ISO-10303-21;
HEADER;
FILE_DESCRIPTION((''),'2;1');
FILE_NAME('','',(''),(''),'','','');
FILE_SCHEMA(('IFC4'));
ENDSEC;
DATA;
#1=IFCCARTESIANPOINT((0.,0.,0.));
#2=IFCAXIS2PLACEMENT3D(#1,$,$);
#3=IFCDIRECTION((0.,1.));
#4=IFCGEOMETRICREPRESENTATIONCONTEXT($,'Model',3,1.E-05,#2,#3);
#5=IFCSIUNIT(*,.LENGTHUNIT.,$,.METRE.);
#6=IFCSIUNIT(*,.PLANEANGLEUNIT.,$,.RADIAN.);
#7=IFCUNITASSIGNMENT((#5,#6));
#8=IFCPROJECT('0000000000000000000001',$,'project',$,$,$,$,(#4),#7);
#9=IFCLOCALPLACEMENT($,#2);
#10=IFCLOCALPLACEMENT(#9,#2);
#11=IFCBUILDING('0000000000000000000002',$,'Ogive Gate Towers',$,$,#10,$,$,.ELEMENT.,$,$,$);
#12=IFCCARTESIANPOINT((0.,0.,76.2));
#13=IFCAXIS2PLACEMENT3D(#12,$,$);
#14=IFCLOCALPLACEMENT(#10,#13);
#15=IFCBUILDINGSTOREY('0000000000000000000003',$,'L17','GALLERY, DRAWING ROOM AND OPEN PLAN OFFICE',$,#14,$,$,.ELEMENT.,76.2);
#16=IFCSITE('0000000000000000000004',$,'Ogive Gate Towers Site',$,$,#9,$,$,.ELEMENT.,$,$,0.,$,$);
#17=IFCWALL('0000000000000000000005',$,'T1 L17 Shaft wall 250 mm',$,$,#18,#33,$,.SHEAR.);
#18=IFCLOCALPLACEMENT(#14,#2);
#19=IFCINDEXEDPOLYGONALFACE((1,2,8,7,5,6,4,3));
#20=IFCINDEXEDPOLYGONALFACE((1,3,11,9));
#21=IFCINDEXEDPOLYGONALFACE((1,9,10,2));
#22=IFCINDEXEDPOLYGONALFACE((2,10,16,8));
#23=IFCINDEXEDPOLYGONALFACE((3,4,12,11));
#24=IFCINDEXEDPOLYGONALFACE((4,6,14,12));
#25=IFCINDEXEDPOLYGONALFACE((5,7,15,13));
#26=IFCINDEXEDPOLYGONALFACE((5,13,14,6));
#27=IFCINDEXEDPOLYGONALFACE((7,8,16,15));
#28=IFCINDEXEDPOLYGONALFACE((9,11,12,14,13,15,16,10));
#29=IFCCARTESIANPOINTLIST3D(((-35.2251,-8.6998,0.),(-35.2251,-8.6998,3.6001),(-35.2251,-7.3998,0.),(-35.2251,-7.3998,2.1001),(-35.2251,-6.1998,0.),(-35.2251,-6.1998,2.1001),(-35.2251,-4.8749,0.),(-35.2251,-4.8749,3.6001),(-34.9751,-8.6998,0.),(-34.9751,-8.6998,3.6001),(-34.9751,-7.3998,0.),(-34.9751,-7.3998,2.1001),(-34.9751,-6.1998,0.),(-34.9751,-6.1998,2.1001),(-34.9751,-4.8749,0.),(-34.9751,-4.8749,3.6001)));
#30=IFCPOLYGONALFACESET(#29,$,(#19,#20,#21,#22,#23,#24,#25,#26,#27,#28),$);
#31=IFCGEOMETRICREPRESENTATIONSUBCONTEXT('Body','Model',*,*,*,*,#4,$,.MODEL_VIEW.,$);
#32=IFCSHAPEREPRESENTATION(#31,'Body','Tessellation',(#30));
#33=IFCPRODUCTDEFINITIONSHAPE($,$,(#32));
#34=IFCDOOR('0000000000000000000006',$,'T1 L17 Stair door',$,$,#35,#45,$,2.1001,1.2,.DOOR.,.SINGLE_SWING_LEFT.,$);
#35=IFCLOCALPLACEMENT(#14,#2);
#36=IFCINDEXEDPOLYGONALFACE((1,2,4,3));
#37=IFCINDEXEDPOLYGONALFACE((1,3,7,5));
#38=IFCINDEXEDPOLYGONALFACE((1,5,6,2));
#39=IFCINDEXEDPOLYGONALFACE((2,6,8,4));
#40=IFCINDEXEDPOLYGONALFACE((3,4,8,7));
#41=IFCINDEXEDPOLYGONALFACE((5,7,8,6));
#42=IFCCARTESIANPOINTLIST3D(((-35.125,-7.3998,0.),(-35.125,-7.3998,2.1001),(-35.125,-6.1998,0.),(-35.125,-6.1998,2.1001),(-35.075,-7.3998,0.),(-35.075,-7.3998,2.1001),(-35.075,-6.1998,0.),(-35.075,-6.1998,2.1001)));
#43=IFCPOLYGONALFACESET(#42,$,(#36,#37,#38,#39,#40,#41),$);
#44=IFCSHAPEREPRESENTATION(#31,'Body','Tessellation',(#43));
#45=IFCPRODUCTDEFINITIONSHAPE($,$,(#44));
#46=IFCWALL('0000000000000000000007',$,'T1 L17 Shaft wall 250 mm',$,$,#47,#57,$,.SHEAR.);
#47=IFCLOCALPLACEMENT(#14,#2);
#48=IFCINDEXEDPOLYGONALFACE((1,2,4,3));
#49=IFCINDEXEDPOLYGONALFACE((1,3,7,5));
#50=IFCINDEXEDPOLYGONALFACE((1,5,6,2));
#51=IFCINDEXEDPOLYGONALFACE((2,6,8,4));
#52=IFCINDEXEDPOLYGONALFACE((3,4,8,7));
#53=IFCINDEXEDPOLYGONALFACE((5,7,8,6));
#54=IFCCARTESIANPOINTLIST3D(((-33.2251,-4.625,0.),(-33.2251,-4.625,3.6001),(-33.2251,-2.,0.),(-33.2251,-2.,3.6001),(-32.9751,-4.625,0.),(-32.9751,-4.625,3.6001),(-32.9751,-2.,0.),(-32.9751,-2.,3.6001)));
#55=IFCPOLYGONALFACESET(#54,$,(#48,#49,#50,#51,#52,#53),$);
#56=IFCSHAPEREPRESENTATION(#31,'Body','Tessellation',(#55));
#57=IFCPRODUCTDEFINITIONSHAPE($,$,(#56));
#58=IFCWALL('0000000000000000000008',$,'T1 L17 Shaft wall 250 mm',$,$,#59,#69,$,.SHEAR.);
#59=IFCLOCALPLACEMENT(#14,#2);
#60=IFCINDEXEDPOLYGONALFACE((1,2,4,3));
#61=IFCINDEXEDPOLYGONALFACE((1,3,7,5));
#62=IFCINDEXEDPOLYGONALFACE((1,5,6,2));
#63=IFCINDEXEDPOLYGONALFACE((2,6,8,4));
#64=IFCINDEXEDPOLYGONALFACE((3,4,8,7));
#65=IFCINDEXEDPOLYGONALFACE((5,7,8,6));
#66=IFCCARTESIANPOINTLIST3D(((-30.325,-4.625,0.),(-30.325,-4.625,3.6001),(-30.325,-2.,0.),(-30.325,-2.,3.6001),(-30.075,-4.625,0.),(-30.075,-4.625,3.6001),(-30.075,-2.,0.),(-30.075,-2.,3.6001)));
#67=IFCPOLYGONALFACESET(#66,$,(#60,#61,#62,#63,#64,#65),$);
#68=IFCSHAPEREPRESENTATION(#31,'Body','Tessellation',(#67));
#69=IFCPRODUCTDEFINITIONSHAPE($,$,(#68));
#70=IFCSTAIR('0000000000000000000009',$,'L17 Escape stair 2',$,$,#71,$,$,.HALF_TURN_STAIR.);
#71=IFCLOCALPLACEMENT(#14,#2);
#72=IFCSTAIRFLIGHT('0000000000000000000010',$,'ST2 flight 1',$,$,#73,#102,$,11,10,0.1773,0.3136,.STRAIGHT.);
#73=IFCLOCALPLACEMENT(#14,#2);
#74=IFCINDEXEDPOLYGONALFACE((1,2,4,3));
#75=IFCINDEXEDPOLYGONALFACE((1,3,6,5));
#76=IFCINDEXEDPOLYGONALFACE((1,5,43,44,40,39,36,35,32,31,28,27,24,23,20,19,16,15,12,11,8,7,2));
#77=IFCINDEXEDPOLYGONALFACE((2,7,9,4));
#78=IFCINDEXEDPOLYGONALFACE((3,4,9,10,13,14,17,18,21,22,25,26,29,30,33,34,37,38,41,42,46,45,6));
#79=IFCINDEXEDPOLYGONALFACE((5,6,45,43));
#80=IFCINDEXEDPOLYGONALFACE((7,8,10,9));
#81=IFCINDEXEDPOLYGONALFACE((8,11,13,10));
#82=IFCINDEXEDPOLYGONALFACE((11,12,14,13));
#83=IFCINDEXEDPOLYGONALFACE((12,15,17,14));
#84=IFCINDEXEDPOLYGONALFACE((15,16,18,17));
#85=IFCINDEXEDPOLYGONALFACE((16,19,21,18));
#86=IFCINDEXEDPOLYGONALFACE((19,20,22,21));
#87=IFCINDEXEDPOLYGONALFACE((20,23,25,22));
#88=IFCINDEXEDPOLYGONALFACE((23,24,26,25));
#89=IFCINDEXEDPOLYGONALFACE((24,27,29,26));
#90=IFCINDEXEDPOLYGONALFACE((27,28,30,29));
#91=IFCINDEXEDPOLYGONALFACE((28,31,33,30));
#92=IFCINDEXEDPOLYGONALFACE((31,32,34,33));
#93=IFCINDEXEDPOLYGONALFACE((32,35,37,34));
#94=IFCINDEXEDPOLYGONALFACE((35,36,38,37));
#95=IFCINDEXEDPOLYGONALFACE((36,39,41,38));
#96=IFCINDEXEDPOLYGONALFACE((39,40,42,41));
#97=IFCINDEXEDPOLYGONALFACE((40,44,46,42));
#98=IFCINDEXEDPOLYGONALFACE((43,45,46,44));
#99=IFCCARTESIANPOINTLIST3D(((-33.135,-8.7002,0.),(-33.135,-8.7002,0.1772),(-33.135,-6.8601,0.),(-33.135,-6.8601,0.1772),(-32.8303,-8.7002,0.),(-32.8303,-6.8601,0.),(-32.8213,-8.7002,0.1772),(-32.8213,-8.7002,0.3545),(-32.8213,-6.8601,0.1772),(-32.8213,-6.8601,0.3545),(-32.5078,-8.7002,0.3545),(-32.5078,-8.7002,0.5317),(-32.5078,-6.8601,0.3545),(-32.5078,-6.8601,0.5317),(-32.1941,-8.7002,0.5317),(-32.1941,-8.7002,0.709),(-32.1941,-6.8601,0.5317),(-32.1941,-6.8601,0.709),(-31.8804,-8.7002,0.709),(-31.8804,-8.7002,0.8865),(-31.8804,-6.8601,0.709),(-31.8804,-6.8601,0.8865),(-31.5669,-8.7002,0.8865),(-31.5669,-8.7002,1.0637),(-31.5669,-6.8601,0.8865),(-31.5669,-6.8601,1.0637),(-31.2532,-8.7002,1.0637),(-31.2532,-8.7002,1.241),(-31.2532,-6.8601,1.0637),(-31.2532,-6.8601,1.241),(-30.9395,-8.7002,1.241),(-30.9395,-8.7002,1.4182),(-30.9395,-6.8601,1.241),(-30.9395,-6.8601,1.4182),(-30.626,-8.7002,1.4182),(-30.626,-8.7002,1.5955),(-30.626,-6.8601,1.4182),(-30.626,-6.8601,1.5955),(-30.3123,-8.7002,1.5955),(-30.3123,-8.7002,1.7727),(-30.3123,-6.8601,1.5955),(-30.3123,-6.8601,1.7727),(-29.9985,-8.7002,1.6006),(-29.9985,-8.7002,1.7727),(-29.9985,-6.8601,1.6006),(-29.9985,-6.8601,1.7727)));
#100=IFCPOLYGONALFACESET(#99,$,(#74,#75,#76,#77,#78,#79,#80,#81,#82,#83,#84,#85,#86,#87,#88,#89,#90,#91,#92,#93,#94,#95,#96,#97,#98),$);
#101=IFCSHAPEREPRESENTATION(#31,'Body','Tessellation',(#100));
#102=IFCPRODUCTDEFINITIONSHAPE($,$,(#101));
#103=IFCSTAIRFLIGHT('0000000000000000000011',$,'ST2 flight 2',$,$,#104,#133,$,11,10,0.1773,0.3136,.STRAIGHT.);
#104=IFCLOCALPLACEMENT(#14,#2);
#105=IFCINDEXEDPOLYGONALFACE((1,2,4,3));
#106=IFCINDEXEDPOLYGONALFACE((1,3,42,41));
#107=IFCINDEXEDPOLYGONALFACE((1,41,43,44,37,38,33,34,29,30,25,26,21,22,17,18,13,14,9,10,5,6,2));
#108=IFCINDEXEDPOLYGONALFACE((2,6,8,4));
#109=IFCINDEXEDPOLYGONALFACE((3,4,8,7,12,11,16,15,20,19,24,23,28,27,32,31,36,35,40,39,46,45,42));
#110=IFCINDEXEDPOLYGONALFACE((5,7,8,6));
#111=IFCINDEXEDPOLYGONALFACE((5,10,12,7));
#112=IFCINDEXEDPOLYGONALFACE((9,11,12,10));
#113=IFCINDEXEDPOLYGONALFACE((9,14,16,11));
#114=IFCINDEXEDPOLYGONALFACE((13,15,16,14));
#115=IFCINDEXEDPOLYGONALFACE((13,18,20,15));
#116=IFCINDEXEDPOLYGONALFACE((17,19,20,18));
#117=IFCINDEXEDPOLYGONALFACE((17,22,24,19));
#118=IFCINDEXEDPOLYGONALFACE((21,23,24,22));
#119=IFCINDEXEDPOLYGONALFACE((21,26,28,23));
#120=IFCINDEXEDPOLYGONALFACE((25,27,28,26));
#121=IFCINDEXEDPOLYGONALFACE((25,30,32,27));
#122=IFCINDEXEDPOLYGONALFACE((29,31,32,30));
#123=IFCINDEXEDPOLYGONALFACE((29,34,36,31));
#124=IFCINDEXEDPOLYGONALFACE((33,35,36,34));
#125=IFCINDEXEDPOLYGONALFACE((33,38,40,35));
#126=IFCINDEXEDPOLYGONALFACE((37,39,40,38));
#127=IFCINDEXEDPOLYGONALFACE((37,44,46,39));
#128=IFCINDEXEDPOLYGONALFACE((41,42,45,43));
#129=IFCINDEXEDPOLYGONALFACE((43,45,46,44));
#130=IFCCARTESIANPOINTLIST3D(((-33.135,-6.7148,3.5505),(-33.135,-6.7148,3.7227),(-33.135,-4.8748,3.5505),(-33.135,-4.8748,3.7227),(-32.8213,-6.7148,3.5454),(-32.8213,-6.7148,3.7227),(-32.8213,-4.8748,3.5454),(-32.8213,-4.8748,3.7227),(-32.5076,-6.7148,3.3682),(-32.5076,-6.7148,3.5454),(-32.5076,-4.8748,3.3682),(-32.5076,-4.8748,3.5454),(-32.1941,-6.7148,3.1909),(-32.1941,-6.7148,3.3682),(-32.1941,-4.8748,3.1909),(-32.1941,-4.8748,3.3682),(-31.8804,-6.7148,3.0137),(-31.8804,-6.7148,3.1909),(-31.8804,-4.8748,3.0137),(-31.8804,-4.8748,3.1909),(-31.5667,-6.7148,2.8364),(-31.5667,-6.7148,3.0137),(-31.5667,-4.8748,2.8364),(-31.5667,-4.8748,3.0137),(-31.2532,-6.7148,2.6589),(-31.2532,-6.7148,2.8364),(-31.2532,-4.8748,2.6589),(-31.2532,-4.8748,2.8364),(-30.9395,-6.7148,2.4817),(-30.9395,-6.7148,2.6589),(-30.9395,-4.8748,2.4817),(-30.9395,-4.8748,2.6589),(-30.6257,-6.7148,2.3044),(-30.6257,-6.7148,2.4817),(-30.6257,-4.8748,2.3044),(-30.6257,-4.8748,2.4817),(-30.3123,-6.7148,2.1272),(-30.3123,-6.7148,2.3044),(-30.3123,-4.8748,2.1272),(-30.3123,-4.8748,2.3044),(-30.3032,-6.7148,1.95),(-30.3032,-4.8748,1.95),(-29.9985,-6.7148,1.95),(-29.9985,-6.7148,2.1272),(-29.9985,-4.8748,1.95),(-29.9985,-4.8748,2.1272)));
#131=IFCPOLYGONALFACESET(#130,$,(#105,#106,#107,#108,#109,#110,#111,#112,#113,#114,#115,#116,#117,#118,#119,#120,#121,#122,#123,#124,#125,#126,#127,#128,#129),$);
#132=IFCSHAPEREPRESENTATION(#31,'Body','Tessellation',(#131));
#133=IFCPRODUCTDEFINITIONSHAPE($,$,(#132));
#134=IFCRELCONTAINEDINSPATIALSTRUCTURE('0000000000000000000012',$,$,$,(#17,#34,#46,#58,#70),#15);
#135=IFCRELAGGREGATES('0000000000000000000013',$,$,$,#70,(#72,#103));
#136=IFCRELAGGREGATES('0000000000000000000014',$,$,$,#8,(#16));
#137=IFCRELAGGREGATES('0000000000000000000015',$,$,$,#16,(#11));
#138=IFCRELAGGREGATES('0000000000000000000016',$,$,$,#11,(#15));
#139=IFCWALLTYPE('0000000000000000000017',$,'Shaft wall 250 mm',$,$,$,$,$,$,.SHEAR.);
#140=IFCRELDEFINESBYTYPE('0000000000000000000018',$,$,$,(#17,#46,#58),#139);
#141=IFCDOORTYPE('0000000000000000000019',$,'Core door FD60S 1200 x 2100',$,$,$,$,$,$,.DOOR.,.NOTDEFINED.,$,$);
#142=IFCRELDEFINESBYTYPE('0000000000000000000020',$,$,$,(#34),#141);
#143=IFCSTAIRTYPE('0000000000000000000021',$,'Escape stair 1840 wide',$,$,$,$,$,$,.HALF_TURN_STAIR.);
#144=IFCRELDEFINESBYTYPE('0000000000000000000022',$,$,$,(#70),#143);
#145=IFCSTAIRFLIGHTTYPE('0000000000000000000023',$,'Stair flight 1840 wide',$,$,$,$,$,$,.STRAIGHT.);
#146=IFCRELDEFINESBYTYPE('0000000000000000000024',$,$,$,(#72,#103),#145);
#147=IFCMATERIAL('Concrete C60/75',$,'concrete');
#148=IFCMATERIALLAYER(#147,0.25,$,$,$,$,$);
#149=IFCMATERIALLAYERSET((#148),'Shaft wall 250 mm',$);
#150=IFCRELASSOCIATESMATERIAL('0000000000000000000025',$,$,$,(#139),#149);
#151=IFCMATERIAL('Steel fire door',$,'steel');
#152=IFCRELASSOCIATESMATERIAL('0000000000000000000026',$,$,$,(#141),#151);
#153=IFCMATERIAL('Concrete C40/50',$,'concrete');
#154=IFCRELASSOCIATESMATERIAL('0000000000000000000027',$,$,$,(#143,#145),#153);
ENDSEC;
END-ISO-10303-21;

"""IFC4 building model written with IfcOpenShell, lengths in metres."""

from ifc_helpers import new_model, si_unit, direction, frame, frame_2d, origin, place, context, subcontext, project, spatial, polyline, rectangle, outline, extrude, material, layer, layer_set, type_object, element, fill, aggregate, save


model = new_model("IFC4")

# Units and contexts
model_context = context("Model", 3, precision=1e-05, world=origin(), true_north=direction((0.0, 1.0)))
body_context = subcontext(model_context, "Body", "Model", "MODEL_VIEW")
ifc_project = project(units=[si_unit("LENGTHUNIT", "METRE"), si_unit("PLANEANGLEUNIT", "RADIAN")], contexts=[model_context])

# Site, building, storey
site_placement = place(None, origin())
site = spatial("IfcSite", under=ifc_project, at=site_placement, Name="Ogive Gate Towers Site", CompositionType="ELEMENT", RefElevation=0.0)
building_placement = place(site_placement, origin())
building = spatial("IfcBuilding", under=site, at=building_placement, Name="Ogive Gate Towers", CompositionType="ELEMENT")
storey_placement = place(building_placement, frame((0.0, 0.0, 76.2)))
storey = spatial("IfcBuildingStorey", under=building, at=storey_placement, Name="L17", Description="GALLERY, DRAWING ROOM AND OPEN PLAN OFFICE", CompositionType="ELEMENT", Elevation=76.2)

# Wall, opening, door
ifc_material_1 = material(Name="Concrete C60/75", Category="concrete")
ifc_material_2 = material(Name="Steel fire door", Category="steel")
ifc_layer_1 = layer(ifc_material_1, 0.25)
ifc_layer_set_1 = layer_set([ifc_layer_1], Name="Shaft wall 250 mm")
wall_type_1 = type_object("IfcWallType", Name="Shaft wall 250 mm", PredefinedType="SHEAR", material=ifc_layer_set_1)
wall_1_placement = place(storey_placement, frame((-35.1001, -8.7, 0.0), z_axis=(0.0, 0.0, 1.0), x_axis=(0.0, 1.0, 0.0)))
wall_1 = element("IfcWall", 1, at=wall_1_placement, inside=storey, type_object=wall_type_1, Name="T1 L17 Shaft wall 250 mm", PredefinedType="SHEAR", context=body_context, shape_type="SweptSolid", body=[
    extrude(rectangle(XDim=3.825, YDim=0.25, at=frame_2d((1.9126, 0.0))), origin(), (0.0, 0.0, 1.0), 3.6001),
])
opening_1_placement = place(wall_1_placement, frame((1.3, 0.0, 0.0)))
opening_1 = element("IfcOpeningElement", 2, at=opening_1_placement, cuts=wall_1, PredefinedType="OPENING", context=body_context, shape_type="SweptSolid", body=[
    extrude(rectangle(XDim=1.2, YDim=2.1001, at=frame_2d((0.6001, 1.05))), frame((0.0, 0.135, 0.0), z_axis=(0.0, -1.0, 0.0), x_axis=(1.0, 0.0, 0.0)), (0.0, 0.0, 1.0), 0.27),
])
door_type_1 = type_object("IfcDoorType", Name="Core door FD60S 1200 x 2100", OperationType="NOTDEFINED", PredefinedType="DOOR", material=ifc_material_2)
door_1_placement = place(opening_1_placement, origin())
door_1 = element("IfcDoor", 3, at=door_1_placement, inside=storey, type_object=door_type_1, Name="T1 L17 Stair door", OperationType="SINGLE_SWING_LEFT", OverallHeight=2.1001, OverallWidth=1.2, PredefinedType="DOOR", context=body_context, shape_type="SweptSolid", body=[
    extrude(rectangle(XDim=1.2, YDim=2.1001, at=frame_2d((0.6001, 1.05))), frame((0.0, 0.0249, 0.0), z_axis=(0.0, -1.0, 0.0), x_axis=(1.0, 0.0, 0.0)), (0.0, 0.0, 1.0), 0.05),
])
fill(opening_1, door_1)

# Walls
for number, where, z_axis, x_axis, name in (
    (4, (-33.1001, -4.625, 0.0), (0.0, 0.0, 1.0), (0.0, 1.0, 0.0), "T1 L17 Shaft wall 250 mm"),
    (5, (-30.2, -4.625, 0.0), (0.0, 0.0, 1.0), (0.0, 1.0, 0.0), "T1 L17 Shaft wall 250 mm"),
):
    element("IfcWall", number, at=place(storey_placement, frame(where, z_axis=z_axis, x_axis=x_axis)), inside=storey, type_object=wall_type_1, Name=name, PredefinedType="SHEAR", context=body_context, shape_type="SweptSolid", body=[
        extrude(rectangle(XDim=2.625, YDim=0.25, at=frame_2d((1.3125, 0.0))), origin(), (0.0, 0.0, 1.0), 3.6001),
    ])

# Stair, stair flights
ifc_material_3 = material(Name="Concrete C40/50", Category="concrete")
stair_type = type_object("IfcStairType", Name="Escape stair 1840 wide", PredefinedType="HALF_TURN_STAIR", material=ifc_material_3)
stair_placement = place(storey_placement, origin())
stair = element("IfcStair", 6, at=stair_placement, inside=storey, type_object=stair_type, Name="L17 Escape stair 2", PredefinedType="HALF_TURN_STAIR")
stair_flight_type = type_object("IfcStairFlightType", Name="Stair flight 1840 wide", PredefinedType="STRAIGHT", material=ifc_material_3)
stair_flight_1_placement = place(storey_placement, frame((-33.135, -7.78, 0.0), z_axis=(0.0, 0.0, 1.0), x_axis=(1.0, 0.0, 0.0)))
stair_flight_1 = element("IfcStairFlight", 7, at=stair_flight_1_placement, type_object=stair_flight_type, Name="ST2 flight 1", NumberOfRisers=11, NumberOfTreads=10, PredefinedType="STRAIGHT", RiserHeight=0.1773, TreadLength=0.3136, context=body_context, shape_type="SweptSolid", body=[
    extrude(outline(polyline([(0.0, 0.0), (0.0, 0.1772), (0.3137, 0.1772), (0.3137, 0.3545), (0.6272, 0.3545), (0.6272, 0.5317), (0.9409, 0.5317), (0.9409, 0.709), (1.2546, 0.709), (1.2546, 0.8865), (1.5681, 0.8865), (1.5681, 1.0637), (1.8818, 1.0637), (1.8818, 1.241), (2.1956, 1.241), (2.1956, 1.4182), (2.509, 1.4182), (2.509, 1.5955), (2.8228, 1.5955), (2.8228, 1.7727), (3.1365, 1.7727), (3.1365, 1.95), (3.1365, 1.6006), (0.3047, 0.0), (0.0, 0.0)])), frame((0.0, 0.9199, 0.0), z_axis=(0.0, -1.0, 0.0), x_axis=(1.0, 0.0, 0.0)), (0.0, 0.0, 1.0), 1.8401),
])
stair_flight_2_placement = place(storey_placement, frame((-29.9985, -5.7949, 1.95), z_axis=(0.0, 0.0, 1.0), x_axis=(-1.0, 0.0, 0.0)))
stair_flight_2 = element("IfcStairFlight", 8, at=stair_flight_2_placement, type_object=stair_flight_type, Name="ST2 flight 2", NumberOfRisers=11, NumberOfTreads=10, PredefinedType="STRAIGHT", RiserHeight=0.1773, TreadLength=0.3136, context=body_context, shape_type="SweptSolid", body=[
    extrude(outline(polyline([(0.0, 0.0), (0.0, 0.1772), (0.3137, 0.1772), (0.3137, 0.3545), (0.6272, 0.3545), (0.6272, 0.5317), (0.9409, 0.5317), (0.9409, 0.709), (1.2546, 0.709), (1.2546, 0.8865), (1.5681, 0.8865), (1.5681, 1.0637), (1.8818, 1.0637), (1.8818, 1.241), (2.1956, 1.241), (2.1956, 1.4182), (2.509, 1.4182), (2.509, 1.5955), (2.8228, 1.5955), (2.8228, 1.7727), (3.1365, 1.7727), (3.1365, 1.95), (3.1365, 1.6006), (0.3047, 0.0), (0.0, 0.0)])), frame((0.0, 0.9199, 0.0), z_axis=(0.0, -1.0, 0.0), x_axis=(1.0, 0.0, 0.0)), (0.0, 0.0, 1.0), 1.8401),
])
aggregate(stair, [stair_flight_1, stair_flight_2])

save(model, "model.ifc")
